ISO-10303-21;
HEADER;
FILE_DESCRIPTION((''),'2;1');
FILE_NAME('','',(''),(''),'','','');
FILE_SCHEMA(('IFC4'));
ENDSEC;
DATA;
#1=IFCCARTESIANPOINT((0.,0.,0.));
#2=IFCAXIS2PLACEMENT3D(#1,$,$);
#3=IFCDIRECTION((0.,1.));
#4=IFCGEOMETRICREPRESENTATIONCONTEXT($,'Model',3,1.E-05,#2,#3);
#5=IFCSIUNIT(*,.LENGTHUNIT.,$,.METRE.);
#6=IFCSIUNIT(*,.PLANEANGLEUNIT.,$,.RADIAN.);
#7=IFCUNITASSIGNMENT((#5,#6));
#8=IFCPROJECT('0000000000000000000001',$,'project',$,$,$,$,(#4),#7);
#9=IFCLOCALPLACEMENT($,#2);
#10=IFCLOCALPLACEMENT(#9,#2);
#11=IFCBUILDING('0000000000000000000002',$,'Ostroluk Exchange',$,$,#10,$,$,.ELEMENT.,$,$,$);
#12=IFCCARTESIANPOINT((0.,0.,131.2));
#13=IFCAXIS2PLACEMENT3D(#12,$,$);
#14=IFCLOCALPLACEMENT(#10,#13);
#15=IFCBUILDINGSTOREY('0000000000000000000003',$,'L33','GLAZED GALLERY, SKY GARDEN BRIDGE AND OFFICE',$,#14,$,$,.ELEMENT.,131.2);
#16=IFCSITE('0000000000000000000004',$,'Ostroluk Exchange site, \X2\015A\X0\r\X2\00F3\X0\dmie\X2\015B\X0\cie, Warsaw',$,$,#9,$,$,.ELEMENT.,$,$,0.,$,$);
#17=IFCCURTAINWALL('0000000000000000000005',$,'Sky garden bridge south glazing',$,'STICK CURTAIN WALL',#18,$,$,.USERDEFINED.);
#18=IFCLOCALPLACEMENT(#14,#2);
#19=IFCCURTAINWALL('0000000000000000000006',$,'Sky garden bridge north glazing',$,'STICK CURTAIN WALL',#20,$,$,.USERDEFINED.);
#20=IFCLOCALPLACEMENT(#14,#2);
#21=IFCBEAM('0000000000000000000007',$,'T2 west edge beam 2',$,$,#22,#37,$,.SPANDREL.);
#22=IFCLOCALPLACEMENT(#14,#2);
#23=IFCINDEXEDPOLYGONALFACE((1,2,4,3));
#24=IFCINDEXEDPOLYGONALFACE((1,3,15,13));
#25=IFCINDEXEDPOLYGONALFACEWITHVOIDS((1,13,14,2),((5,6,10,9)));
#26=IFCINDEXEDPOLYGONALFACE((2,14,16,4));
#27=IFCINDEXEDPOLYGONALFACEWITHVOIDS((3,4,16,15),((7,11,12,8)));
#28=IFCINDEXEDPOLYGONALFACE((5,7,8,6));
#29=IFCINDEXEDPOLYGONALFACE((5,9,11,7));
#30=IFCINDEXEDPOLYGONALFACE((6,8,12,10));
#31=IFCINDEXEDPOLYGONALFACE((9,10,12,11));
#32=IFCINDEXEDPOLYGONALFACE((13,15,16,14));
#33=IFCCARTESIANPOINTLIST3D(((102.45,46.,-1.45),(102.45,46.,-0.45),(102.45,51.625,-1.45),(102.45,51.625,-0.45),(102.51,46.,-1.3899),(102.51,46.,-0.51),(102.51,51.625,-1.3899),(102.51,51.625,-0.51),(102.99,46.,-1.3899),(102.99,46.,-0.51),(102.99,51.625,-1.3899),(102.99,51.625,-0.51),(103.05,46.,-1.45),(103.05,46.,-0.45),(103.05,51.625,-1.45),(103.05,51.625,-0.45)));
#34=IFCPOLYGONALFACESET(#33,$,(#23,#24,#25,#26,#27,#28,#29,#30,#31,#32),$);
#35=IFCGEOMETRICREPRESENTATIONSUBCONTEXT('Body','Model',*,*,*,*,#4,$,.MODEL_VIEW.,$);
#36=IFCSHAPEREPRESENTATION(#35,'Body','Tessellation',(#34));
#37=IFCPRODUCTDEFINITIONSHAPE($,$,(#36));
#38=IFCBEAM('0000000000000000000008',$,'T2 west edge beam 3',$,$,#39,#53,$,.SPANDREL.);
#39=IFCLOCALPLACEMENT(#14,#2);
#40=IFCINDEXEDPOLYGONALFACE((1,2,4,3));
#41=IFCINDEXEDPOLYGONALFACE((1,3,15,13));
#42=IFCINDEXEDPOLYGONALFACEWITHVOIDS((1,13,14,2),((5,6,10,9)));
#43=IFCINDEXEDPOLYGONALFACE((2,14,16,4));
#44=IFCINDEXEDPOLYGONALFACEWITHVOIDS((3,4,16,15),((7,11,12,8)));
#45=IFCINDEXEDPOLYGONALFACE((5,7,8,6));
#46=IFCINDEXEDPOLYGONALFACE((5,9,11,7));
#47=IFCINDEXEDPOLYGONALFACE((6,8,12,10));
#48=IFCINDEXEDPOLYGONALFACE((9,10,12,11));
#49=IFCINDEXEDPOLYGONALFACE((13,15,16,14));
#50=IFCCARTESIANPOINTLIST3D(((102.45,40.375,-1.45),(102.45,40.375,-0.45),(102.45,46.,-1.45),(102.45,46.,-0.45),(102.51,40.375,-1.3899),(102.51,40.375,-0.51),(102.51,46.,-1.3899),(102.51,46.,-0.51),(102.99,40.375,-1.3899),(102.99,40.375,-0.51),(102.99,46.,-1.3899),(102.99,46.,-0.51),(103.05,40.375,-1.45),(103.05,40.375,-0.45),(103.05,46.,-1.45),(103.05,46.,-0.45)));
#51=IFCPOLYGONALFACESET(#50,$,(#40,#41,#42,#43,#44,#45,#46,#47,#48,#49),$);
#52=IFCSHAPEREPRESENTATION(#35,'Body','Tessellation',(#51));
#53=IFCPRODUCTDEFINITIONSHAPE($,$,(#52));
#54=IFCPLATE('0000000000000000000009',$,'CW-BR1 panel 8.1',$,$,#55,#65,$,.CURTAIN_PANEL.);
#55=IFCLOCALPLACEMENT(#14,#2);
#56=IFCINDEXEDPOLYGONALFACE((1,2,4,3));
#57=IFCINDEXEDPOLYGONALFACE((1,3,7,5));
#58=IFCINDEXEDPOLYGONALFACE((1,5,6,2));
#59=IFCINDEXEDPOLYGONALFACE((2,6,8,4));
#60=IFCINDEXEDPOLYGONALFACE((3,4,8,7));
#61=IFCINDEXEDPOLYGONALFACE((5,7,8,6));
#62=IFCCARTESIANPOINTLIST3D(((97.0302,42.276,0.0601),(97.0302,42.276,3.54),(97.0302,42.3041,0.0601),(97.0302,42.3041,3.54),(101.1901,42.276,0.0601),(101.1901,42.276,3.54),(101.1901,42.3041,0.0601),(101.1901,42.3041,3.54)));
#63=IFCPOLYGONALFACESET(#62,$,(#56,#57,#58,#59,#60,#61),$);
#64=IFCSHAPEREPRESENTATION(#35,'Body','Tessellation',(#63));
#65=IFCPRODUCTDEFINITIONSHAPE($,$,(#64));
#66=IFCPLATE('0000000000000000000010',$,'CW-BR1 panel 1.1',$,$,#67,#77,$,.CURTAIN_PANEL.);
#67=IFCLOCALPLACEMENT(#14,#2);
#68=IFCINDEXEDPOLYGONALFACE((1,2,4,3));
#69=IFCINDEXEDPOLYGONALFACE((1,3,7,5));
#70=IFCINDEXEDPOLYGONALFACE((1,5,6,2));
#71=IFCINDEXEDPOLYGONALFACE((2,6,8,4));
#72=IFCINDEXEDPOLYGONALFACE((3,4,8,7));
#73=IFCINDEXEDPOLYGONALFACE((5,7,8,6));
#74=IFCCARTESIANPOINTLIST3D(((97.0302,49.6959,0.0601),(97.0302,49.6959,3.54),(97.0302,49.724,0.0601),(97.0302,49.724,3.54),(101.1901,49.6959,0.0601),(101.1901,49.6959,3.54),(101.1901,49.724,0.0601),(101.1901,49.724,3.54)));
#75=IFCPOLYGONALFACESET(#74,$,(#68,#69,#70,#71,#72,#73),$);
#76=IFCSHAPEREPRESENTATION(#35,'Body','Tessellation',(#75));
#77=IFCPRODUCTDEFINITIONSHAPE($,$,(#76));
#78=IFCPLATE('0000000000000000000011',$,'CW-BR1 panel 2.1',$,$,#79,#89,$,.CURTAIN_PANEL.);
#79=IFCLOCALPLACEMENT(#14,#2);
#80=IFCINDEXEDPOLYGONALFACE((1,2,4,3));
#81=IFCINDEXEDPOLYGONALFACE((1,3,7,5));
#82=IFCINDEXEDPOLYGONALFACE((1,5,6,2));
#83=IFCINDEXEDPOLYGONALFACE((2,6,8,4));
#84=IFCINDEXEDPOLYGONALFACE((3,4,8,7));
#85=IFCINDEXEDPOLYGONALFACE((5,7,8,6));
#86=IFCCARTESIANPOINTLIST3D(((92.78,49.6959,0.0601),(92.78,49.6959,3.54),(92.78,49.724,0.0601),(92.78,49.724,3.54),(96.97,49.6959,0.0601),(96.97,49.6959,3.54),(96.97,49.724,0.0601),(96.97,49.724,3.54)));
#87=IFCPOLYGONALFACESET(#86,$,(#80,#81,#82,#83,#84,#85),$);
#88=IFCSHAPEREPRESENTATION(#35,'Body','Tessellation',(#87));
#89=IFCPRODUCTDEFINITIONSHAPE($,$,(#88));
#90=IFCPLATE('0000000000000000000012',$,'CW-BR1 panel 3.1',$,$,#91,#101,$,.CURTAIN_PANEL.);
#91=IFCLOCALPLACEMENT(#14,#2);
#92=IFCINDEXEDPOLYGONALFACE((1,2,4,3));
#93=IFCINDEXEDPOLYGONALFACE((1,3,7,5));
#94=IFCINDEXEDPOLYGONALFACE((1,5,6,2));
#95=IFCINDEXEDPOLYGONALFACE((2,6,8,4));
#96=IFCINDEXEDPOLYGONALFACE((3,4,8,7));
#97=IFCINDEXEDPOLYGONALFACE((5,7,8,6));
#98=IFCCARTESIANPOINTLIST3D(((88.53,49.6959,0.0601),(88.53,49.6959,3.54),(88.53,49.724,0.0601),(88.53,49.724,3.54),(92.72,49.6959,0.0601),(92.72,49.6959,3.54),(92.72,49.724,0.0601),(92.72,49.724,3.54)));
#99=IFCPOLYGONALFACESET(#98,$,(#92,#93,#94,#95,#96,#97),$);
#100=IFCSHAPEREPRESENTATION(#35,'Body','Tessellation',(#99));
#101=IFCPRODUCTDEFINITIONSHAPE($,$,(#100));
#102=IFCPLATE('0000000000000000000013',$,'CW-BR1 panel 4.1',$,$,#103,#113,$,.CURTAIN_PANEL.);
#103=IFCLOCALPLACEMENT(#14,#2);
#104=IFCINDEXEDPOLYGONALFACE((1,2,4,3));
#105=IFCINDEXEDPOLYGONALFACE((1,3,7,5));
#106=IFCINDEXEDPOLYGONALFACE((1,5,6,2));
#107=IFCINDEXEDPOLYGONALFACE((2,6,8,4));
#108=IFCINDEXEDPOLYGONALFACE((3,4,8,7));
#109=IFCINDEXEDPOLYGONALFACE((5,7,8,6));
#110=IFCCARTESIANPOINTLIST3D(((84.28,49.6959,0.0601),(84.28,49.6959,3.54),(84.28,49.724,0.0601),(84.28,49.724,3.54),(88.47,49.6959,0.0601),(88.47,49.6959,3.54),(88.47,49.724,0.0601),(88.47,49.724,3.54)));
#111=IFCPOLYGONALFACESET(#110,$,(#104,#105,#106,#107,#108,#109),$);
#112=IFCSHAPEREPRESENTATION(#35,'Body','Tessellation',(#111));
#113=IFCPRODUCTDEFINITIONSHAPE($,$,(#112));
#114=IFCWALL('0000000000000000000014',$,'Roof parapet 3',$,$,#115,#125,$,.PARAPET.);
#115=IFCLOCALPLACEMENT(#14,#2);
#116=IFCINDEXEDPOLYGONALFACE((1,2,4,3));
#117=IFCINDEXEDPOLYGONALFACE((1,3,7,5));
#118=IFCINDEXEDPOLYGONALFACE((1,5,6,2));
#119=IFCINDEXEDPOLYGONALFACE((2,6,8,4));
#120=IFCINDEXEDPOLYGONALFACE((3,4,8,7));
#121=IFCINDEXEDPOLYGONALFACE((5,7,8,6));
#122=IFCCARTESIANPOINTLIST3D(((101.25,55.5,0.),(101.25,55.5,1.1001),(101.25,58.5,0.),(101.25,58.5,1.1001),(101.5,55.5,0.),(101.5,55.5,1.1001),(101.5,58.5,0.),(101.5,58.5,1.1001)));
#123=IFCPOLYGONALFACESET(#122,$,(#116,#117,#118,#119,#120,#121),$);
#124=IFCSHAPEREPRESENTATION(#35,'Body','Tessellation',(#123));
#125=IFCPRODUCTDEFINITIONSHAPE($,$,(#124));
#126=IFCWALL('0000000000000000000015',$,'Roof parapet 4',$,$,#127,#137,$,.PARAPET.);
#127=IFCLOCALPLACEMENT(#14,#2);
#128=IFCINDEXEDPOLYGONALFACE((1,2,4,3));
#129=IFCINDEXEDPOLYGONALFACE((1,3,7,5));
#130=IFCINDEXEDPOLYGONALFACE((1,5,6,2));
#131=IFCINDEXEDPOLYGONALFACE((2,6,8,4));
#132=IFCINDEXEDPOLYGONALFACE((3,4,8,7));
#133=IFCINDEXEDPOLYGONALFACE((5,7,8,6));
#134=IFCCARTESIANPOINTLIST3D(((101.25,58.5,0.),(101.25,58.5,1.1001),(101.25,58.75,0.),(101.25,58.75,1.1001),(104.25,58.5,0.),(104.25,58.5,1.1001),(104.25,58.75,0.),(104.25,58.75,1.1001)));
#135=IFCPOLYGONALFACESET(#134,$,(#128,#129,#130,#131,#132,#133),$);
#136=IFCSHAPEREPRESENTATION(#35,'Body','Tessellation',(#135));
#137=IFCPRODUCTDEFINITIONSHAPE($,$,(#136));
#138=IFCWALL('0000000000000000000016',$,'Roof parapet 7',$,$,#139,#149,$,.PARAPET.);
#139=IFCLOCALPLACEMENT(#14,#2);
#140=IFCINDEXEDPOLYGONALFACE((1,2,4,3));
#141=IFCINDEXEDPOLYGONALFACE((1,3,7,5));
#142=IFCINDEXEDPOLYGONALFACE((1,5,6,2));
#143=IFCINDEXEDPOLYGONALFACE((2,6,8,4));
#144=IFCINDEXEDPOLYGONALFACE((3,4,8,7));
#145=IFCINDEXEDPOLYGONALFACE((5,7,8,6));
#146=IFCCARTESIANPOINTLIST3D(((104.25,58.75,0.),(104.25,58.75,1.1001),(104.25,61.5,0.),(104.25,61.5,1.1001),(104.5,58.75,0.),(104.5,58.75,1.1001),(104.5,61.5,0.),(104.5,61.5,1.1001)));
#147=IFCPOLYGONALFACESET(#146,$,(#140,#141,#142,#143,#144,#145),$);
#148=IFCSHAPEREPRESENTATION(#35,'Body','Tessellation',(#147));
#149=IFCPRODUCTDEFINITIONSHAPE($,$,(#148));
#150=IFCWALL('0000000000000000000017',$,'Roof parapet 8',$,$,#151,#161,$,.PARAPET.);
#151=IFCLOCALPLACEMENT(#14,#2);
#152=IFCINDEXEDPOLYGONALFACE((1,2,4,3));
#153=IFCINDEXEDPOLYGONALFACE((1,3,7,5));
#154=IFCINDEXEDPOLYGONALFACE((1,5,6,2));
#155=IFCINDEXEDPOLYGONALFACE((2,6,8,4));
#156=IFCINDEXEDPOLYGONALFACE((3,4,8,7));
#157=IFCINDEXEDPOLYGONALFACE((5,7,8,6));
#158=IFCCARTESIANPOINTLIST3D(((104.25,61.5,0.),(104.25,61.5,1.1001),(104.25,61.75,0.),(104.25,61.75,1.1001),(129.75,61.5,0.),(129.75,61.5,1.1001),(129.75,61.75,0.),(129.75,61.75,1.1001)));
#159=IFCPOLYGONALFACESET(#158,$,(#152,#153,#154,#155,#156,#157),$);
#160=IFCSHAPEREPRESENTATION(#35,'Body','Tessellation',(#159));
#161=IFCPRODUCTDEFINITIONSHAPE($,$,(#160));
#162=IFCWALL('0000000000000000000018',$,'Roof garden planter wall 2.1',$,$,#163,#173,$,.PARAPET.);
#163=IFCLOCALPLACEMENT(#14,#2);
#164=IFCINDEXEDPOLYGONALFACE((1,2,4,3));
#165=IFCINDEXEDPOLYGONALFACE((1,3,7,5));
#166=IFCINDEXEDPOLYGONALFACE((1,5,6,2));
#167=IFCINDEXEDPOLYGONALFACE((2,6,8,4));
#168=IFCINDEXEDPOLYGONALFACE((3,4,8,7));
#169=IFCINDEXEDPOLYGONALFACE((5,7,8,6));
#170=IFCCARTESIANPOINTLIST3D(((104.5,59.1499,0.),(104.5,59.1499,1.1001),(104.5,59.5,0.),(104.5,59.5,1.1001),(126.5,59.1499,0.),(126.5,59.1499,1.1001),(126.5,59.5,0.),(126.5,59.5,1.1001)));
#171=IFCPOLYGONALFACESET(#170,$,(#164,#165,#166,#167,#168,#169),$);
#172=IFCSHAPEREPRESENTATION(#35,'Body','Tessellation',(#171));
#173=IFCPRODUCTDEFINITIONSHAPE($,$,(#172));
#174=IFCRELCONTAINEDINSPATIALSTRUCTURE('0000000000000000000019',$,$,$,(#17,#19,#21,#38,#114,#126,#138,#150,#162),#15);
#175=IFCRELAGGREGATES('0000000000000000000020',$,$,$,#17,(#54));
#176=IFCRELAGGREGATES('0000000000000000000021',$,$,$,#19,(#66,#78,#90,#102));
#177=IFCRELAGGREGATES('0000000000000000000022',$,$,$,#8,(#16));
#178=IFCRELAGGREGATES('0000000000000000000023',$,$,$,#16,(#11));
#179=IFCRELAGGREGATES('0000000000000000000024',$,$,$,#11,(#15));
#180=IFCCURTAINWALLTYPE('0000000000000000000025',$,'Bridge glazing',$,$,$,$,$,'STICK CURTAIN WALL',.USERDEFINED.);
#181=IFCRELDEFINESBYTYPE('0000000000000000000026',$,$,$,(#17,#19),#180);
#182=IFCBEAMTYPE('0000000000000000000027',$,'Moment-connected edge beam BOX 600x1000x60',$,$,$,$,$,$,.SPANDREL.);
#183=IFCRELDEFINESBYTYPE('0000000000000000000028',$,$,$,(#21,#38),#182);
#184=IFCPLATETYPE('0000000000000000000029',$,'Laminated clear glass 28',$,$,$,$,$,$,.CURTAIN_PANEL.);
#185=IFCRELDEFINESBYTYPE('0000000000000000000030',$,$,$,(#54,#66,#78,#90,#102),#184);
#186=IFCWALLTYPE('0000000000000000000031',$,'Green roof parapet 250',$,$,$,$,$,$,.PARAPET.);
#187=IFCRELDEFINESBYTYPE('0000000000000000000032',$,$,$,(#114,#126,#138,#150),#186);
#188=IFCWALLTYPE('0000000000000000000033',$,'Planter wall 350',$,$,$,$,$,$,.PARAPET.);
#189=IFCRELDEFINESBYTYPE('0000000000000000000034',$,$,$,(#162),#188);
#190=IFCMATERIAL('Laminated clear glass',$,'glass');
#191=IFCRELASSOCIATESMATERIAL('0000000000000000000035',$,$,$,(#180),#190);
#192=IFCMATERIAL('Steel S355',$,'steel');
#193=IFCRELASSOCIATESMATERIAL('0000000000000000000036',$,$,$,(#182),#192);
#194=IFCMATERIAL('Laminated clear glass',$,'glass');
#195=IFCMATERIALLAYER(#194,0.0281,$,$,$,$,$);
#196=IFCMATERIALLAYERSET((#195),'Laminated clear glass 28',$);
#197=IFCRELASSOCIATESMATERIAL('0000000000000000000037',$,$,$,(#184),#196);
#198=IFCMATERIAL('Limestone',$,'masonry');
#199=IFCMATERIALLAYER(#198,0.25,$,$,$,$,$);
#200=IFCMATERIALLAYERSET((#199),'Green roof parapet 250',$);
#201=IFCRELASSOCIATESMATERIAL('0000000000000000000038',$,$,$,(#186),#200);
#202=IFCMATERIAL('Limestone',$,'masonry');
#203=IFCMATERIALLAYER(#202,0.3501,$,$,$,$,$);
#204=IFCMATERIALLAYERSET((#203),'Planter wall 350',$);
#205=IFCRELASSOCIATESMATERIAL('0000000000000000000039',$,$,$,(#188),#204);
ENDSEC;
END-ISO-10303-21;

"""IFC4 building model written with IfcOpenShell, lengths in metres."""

from ifc_helpers import new_model, si_unit, direction, frame, frame_2d, origin, origin_2d, place, context, subcontext, project, spatial, rectangle, hollow_rectangle, extrude, material, layer, layer_set, material_profile, profile_set, type_object, element, aggregate, save


model = new_model("IFC4")

# Units and contexts
model_context = context("Model", 3, precision=1e-05, world=origin(), true_north=direction((0.0, 1.0)))
body_context = subcontext(model_context, "Body", "Model", "MODEL_VIEW")
ifc_project = project(units=[si_unit("LENGTHUNIT", "METRE"), si_unit("PLANEANGLEUNIT", "RADIAN")], contexts=[model_context])

# Site, building, storey
site_placement = place(None, origin())
site = spatial("IfcSite", under=ifc_project, at=site_placement, Name="Ostroluk Exchange site, Śródmieście, Warsaw", CompositionType="ELEMENT", RefElevation=0.0)
building_placement = place(site_placement, origin())
building = spatial("IfcBuilding", under=site, at=building_placement, Name="Ostroluk Exchange", CompositionType="ELEMENT")
storey_placement = place(building_placement, frame((0.0, 0.0, 131.2)))
storey = spatial("IfcBuildingStorey", under=building, at=storey_placement, Name="L33", Description="GLAZED GALLERY, SKY GARDEN BRIDGE AND OFFICE", CompositionType="ELEMENT", Elevation=131.2)

# Curtain walls
ifc_material_1 = material(Name="Laminated clear glass", Category="glass")
curtain_wall_type = type_object("IfcCurtainWallType", Name="Bridge glazing", ElementType="STICK CURTAIN WALL", PredefinedType="USERDEFINED", material=ifc_material_1)
curtain_wall_1_placement = place(storey_placement, origin())
curtain_wall_1 = element("IfcCurtainWall", 1, at=curtain_wall_1_placement, inside=storey, type_object=curtain_wall_type, Name="Sky garden bridge south glazing", ObjectType="STICK CURTAIN WALL", PredefinedType="USERDEFINED")
curtain_wall_2_placement = place(storey_placement, origin())
curtain_wall_2 = element("IfcCurtainWall", 2, at=curtain_wall_2_placement, inside=storey, type_object=curtain_wall_type, Name="Sky garden bridge north glazing", ObjectType="STICK CURTAIN WALL", PredefinedType="USERDEFINED")

# Beams
ifc_material_2 = material(Name="Steel S355", Category="steel")
ifc_material_profile_1 = material_profile(ifc_material_2, hollow_rectangle(XDim=0.6001, YDim=1.0, WallThickness=0.0601, at=origin_2d()), Name="BOX 600x1000x60")
ifc_profile_set_1 = profile_set([ifc_material_profile_1], Name="Steel S355")
beam_type = type_object("IfcBeamType", Name="Moment-connected edge beam BOX 600x1000x60", PredefinedType="SPANDREL", material=ifc_profile_set_1)
for number, where, z_axis, x_axis, name in (
    (3, (102.75, 51.625, -0.95), (0.0, -1.0, 0.0), (1.0, 0.0, 0.0), "T2 west edge beam 2"),
    (4, (102.75, 46.0, -0.95), (0.0, -1.0, 0.0), (1.0, 0.0, 0.0), "T2 west edge beam 3"),
):
    element("IfcBeam", number, at=place(storey_placement, frame(where, z_axis=z_axis, x_axis=x_axis)), inside=storey, type_object=beam_type, Name=name, PredefinedType="SPANDREL", context=body_context, shape_type="SweptSolid", body=[
        extrude(hollow_rectangle(XDim=0.6001, YDim=1.0, WallThickness=0.0601, at=origin_2d()), origin(), (0.0, 0.0, 1.0), 5.625),
    ])

# Plates
ifc_material_3 = material(Name="Laminated clear glass", Category="glass")
ifc_layer_1 = layer(ifc_material_3, 0.0281)
ifc_layer_set_1 = layer_set([ifc_layer_1], Name="Laminated clear glass 28")
plate_type = type_object("IfcPlateType", Name="Laminated clear glass 28", PredefinedType="CURTAIN_PANEL", material=ifc_layer_set_1)
plate_1_placement = place(storey_placement, frame((99.1101, 42.29, 0.0601), z_axis=(0.0, 0.0, 1.0), x_axis=(1.0, 0.0, 0.0)))
plate_1 = element("IfcPlate", 5, at=plate_1_placement, type_object=plate_type, Name="CW-BR1 panel 8.1", PredefinedType="CURTAIN_PANEL", context=body_context, shape_type="SweptSolid", body=[
    extrude(rectangle(XDim=4.1599, YDim=0.0281, at=origin_2d()), origin(), (0.0, 0.0, 1.0), 3.48),
])
aggregate(curtain_wall_1, [plate_1])
plate_2_placement = place(storey_placement, frame((99.1101, 49.71, 0.0601), z_axis=(0.0, 0.0, 1.0), x_axis=(-1.0, 0.0, 0.0)))
plate_2 = element("IfcPlate", 6, at=plate_2_placement, type_object=plate_type, Name="CW-BR1 panel 1.1", PredefinedType="CURTAIN_PANEL", context=body_context, shape_type="SweptSolid", body=[
    extrude(rectangle(XDim=4.1599, YDim=0.0281, at=origin_2d()), origin(), (0.0, 0.0, 1.0), 3.48),
])
plate_3_placement = place(storey_placement, frame((94.875, 49.71, 0.0601), z_axis=(0.0, 0.0, 1.0), x_axis=(-1.0, 0.0, 0.0)))
plate_3 = element("IfcPlate", 7, at=plate_3_placement, type_object=plate_type, Name="CW-BR1 panel 2.1", PredefinedType="CURTAIN_PANEL", context=body_context, shape_type="SweptSolid", body=[
    extrude(rectangle(XDim=4.1899, YDim=0.0281, at=origin_2d()), origin(), (0.0, 0.0, 1.0), 3.48),
])
plate_4_placement = place(storey_placement, frame((90.625, 49.71, 0.0601), z_axis=(0.0, 0.0, 1.0), x_axis=(-1.0, 0.0, 0.0)))
plate_4 = element("IfcPlate", 8, at=plate_4_placement, type_object=plate_type, Name="CW-BR1 panel 3.1", PredefinedType="CURTAIN_PANEL", context=body_context, shape_type="SweptSolid", body=[
    extrude(rectangle(XDim=4.1899, YDim=0.0281, at=origin_2d()), origin(), (0.0, 0.0, 1.0), 3.48),
])
plate_5_placement = place(storey_placement, frame((86.375, 49.71, 0.0601), z_axis=(0.0, 0.0, 1.0), x_axis=(-1.0, 0.0, 0.0)))
plate_5 = element("IfcPlate", 9, at=plate_5_placement, type_object=plate_type, Name="CW-BR1 panel 4.1", PredefinedType="CURTAIN_PANEL", context=body_context, shape_type="SweptSolid", body=[
    extrude(rectangle(XDim=4.1899, YDim=0.0281, at=origin_2d()), origin(), (0.0, 0.0, 1.0), 3.48),
])
aggregate(curtain_wall_2, [plate_2, plate_3, plate_4, plate_5])

# Walls
ifc_material_4 = material(Name="Limestone", Category="masonry")
ifc_layer_2 = layer(ifc_material_4, 0.25)
ifc_layer_set_2 = layer_set([ifc_layer_2], Name="Green roof parapet 250")
wall_type_1 = type_object("IfcWallType", Name="Green roof parapet 250", PredefinedType="PARAPET", material=ifc_layer_set_2)
for number, where, z_axis, x_axis, name in (
    (10, (101.375, 55.5, 0.0), (0.0, 0.0, 1.0), (0.0, 1.0, 0.0), "Roof parapet 3"),
    (11, (101.25, 58.625, 0.0), (0.0, 0.0, 1.0), (1.0, 0.0, 0.0), "Roof parapet 4"),
):
    element("IfcWall", number, at=place(storey_placement, frame(where, z_axis=z_axis, x_axis=x_axis)), inside=storey, type_object=wall_type_1, Name=name, PredefinedType="PARAPET", context=body_context, shape_type="SweptSolid", body=[
        extrude(rectangle(XDim=3.0, YDim=0.25, at=frame_2d((1.5, 0.0))), origin(), (0.0, 0.0, 1.0), 1.1001),
    ])
wall_1_placement = place(storey_placement, frame((104.375, 58.75, 0.0), z_axis=(0.0, 0.0, 1.0), x_axis=(0.0, 1.0, 0.0)))
element("IfcWall", 12, at=wall_1_placement, inside=storey, type_object=wall_type_1, Name="Roof parapet 7", PredefinedType="PARAPET", context=body_context, shape_type="SweptSolid", body=[
    extrude(rectangle(XDim=2.75, YDim=0.25, at=frame_2d((1.375, 0.0))), origin(), (0.0, 0.0, 1.0), 1.1001),
])
wall_2_placement = place(storey_placement, frame((104.25, 61.625, 0.0), z_axis=(0.0, 0.0, 1.0), x_axis=(1.0, 0.0, 0.0)))
element("IfcWall", 13, at=wall_2_placement, inside=storey, type_object=wall_type_1, Name="Roof parapet 8", PredefinedType="PARAPET", context=body_context, shape_type="SweptSolid", body=[
    extrude(rectangle(XDim=25.5, YDim=0.25, at=frame_2d((12.75, 0.0))), origin(), (0.0, 0.0, 1.0), 1.1001),
])
ifc_material_5 = material(Name="Limestone", Category="masonry")
ifc_layer_3 = layer(ifc_material_5, 0.3501)
ifc_layer_set_3 = layer_set([ifc_layer_3], Name="Planter wall 350")
wall_type_2 = type_object("IfcWallType", Name="Planter wall 350", PredefinedType="PARAPET", material=ifc_layer_set_3)
wall_3_placement = place(storey_placement, frame((104.5, 59.325, 0.0), z_axis=(0.0, 0.0, 1.0), x_axis=(1.0, 0.0, 0.0)))
element("IfcWall", 14, at=wall_3_placement, inside=storey, type_object=wall_type_2, Name="Roof garden planter wall 2.1", PredefinedType="PARAPET", context=body_context, shape_type="SweptSolid", body=[
    extrude(rectangle(XDim=22.0, YDim=0.3501, at=frame_2d((11.0, 0.0))), origin(), (0.0, 0.0, 1.0), 1.1001),
])

save(model, "model.ifc")
